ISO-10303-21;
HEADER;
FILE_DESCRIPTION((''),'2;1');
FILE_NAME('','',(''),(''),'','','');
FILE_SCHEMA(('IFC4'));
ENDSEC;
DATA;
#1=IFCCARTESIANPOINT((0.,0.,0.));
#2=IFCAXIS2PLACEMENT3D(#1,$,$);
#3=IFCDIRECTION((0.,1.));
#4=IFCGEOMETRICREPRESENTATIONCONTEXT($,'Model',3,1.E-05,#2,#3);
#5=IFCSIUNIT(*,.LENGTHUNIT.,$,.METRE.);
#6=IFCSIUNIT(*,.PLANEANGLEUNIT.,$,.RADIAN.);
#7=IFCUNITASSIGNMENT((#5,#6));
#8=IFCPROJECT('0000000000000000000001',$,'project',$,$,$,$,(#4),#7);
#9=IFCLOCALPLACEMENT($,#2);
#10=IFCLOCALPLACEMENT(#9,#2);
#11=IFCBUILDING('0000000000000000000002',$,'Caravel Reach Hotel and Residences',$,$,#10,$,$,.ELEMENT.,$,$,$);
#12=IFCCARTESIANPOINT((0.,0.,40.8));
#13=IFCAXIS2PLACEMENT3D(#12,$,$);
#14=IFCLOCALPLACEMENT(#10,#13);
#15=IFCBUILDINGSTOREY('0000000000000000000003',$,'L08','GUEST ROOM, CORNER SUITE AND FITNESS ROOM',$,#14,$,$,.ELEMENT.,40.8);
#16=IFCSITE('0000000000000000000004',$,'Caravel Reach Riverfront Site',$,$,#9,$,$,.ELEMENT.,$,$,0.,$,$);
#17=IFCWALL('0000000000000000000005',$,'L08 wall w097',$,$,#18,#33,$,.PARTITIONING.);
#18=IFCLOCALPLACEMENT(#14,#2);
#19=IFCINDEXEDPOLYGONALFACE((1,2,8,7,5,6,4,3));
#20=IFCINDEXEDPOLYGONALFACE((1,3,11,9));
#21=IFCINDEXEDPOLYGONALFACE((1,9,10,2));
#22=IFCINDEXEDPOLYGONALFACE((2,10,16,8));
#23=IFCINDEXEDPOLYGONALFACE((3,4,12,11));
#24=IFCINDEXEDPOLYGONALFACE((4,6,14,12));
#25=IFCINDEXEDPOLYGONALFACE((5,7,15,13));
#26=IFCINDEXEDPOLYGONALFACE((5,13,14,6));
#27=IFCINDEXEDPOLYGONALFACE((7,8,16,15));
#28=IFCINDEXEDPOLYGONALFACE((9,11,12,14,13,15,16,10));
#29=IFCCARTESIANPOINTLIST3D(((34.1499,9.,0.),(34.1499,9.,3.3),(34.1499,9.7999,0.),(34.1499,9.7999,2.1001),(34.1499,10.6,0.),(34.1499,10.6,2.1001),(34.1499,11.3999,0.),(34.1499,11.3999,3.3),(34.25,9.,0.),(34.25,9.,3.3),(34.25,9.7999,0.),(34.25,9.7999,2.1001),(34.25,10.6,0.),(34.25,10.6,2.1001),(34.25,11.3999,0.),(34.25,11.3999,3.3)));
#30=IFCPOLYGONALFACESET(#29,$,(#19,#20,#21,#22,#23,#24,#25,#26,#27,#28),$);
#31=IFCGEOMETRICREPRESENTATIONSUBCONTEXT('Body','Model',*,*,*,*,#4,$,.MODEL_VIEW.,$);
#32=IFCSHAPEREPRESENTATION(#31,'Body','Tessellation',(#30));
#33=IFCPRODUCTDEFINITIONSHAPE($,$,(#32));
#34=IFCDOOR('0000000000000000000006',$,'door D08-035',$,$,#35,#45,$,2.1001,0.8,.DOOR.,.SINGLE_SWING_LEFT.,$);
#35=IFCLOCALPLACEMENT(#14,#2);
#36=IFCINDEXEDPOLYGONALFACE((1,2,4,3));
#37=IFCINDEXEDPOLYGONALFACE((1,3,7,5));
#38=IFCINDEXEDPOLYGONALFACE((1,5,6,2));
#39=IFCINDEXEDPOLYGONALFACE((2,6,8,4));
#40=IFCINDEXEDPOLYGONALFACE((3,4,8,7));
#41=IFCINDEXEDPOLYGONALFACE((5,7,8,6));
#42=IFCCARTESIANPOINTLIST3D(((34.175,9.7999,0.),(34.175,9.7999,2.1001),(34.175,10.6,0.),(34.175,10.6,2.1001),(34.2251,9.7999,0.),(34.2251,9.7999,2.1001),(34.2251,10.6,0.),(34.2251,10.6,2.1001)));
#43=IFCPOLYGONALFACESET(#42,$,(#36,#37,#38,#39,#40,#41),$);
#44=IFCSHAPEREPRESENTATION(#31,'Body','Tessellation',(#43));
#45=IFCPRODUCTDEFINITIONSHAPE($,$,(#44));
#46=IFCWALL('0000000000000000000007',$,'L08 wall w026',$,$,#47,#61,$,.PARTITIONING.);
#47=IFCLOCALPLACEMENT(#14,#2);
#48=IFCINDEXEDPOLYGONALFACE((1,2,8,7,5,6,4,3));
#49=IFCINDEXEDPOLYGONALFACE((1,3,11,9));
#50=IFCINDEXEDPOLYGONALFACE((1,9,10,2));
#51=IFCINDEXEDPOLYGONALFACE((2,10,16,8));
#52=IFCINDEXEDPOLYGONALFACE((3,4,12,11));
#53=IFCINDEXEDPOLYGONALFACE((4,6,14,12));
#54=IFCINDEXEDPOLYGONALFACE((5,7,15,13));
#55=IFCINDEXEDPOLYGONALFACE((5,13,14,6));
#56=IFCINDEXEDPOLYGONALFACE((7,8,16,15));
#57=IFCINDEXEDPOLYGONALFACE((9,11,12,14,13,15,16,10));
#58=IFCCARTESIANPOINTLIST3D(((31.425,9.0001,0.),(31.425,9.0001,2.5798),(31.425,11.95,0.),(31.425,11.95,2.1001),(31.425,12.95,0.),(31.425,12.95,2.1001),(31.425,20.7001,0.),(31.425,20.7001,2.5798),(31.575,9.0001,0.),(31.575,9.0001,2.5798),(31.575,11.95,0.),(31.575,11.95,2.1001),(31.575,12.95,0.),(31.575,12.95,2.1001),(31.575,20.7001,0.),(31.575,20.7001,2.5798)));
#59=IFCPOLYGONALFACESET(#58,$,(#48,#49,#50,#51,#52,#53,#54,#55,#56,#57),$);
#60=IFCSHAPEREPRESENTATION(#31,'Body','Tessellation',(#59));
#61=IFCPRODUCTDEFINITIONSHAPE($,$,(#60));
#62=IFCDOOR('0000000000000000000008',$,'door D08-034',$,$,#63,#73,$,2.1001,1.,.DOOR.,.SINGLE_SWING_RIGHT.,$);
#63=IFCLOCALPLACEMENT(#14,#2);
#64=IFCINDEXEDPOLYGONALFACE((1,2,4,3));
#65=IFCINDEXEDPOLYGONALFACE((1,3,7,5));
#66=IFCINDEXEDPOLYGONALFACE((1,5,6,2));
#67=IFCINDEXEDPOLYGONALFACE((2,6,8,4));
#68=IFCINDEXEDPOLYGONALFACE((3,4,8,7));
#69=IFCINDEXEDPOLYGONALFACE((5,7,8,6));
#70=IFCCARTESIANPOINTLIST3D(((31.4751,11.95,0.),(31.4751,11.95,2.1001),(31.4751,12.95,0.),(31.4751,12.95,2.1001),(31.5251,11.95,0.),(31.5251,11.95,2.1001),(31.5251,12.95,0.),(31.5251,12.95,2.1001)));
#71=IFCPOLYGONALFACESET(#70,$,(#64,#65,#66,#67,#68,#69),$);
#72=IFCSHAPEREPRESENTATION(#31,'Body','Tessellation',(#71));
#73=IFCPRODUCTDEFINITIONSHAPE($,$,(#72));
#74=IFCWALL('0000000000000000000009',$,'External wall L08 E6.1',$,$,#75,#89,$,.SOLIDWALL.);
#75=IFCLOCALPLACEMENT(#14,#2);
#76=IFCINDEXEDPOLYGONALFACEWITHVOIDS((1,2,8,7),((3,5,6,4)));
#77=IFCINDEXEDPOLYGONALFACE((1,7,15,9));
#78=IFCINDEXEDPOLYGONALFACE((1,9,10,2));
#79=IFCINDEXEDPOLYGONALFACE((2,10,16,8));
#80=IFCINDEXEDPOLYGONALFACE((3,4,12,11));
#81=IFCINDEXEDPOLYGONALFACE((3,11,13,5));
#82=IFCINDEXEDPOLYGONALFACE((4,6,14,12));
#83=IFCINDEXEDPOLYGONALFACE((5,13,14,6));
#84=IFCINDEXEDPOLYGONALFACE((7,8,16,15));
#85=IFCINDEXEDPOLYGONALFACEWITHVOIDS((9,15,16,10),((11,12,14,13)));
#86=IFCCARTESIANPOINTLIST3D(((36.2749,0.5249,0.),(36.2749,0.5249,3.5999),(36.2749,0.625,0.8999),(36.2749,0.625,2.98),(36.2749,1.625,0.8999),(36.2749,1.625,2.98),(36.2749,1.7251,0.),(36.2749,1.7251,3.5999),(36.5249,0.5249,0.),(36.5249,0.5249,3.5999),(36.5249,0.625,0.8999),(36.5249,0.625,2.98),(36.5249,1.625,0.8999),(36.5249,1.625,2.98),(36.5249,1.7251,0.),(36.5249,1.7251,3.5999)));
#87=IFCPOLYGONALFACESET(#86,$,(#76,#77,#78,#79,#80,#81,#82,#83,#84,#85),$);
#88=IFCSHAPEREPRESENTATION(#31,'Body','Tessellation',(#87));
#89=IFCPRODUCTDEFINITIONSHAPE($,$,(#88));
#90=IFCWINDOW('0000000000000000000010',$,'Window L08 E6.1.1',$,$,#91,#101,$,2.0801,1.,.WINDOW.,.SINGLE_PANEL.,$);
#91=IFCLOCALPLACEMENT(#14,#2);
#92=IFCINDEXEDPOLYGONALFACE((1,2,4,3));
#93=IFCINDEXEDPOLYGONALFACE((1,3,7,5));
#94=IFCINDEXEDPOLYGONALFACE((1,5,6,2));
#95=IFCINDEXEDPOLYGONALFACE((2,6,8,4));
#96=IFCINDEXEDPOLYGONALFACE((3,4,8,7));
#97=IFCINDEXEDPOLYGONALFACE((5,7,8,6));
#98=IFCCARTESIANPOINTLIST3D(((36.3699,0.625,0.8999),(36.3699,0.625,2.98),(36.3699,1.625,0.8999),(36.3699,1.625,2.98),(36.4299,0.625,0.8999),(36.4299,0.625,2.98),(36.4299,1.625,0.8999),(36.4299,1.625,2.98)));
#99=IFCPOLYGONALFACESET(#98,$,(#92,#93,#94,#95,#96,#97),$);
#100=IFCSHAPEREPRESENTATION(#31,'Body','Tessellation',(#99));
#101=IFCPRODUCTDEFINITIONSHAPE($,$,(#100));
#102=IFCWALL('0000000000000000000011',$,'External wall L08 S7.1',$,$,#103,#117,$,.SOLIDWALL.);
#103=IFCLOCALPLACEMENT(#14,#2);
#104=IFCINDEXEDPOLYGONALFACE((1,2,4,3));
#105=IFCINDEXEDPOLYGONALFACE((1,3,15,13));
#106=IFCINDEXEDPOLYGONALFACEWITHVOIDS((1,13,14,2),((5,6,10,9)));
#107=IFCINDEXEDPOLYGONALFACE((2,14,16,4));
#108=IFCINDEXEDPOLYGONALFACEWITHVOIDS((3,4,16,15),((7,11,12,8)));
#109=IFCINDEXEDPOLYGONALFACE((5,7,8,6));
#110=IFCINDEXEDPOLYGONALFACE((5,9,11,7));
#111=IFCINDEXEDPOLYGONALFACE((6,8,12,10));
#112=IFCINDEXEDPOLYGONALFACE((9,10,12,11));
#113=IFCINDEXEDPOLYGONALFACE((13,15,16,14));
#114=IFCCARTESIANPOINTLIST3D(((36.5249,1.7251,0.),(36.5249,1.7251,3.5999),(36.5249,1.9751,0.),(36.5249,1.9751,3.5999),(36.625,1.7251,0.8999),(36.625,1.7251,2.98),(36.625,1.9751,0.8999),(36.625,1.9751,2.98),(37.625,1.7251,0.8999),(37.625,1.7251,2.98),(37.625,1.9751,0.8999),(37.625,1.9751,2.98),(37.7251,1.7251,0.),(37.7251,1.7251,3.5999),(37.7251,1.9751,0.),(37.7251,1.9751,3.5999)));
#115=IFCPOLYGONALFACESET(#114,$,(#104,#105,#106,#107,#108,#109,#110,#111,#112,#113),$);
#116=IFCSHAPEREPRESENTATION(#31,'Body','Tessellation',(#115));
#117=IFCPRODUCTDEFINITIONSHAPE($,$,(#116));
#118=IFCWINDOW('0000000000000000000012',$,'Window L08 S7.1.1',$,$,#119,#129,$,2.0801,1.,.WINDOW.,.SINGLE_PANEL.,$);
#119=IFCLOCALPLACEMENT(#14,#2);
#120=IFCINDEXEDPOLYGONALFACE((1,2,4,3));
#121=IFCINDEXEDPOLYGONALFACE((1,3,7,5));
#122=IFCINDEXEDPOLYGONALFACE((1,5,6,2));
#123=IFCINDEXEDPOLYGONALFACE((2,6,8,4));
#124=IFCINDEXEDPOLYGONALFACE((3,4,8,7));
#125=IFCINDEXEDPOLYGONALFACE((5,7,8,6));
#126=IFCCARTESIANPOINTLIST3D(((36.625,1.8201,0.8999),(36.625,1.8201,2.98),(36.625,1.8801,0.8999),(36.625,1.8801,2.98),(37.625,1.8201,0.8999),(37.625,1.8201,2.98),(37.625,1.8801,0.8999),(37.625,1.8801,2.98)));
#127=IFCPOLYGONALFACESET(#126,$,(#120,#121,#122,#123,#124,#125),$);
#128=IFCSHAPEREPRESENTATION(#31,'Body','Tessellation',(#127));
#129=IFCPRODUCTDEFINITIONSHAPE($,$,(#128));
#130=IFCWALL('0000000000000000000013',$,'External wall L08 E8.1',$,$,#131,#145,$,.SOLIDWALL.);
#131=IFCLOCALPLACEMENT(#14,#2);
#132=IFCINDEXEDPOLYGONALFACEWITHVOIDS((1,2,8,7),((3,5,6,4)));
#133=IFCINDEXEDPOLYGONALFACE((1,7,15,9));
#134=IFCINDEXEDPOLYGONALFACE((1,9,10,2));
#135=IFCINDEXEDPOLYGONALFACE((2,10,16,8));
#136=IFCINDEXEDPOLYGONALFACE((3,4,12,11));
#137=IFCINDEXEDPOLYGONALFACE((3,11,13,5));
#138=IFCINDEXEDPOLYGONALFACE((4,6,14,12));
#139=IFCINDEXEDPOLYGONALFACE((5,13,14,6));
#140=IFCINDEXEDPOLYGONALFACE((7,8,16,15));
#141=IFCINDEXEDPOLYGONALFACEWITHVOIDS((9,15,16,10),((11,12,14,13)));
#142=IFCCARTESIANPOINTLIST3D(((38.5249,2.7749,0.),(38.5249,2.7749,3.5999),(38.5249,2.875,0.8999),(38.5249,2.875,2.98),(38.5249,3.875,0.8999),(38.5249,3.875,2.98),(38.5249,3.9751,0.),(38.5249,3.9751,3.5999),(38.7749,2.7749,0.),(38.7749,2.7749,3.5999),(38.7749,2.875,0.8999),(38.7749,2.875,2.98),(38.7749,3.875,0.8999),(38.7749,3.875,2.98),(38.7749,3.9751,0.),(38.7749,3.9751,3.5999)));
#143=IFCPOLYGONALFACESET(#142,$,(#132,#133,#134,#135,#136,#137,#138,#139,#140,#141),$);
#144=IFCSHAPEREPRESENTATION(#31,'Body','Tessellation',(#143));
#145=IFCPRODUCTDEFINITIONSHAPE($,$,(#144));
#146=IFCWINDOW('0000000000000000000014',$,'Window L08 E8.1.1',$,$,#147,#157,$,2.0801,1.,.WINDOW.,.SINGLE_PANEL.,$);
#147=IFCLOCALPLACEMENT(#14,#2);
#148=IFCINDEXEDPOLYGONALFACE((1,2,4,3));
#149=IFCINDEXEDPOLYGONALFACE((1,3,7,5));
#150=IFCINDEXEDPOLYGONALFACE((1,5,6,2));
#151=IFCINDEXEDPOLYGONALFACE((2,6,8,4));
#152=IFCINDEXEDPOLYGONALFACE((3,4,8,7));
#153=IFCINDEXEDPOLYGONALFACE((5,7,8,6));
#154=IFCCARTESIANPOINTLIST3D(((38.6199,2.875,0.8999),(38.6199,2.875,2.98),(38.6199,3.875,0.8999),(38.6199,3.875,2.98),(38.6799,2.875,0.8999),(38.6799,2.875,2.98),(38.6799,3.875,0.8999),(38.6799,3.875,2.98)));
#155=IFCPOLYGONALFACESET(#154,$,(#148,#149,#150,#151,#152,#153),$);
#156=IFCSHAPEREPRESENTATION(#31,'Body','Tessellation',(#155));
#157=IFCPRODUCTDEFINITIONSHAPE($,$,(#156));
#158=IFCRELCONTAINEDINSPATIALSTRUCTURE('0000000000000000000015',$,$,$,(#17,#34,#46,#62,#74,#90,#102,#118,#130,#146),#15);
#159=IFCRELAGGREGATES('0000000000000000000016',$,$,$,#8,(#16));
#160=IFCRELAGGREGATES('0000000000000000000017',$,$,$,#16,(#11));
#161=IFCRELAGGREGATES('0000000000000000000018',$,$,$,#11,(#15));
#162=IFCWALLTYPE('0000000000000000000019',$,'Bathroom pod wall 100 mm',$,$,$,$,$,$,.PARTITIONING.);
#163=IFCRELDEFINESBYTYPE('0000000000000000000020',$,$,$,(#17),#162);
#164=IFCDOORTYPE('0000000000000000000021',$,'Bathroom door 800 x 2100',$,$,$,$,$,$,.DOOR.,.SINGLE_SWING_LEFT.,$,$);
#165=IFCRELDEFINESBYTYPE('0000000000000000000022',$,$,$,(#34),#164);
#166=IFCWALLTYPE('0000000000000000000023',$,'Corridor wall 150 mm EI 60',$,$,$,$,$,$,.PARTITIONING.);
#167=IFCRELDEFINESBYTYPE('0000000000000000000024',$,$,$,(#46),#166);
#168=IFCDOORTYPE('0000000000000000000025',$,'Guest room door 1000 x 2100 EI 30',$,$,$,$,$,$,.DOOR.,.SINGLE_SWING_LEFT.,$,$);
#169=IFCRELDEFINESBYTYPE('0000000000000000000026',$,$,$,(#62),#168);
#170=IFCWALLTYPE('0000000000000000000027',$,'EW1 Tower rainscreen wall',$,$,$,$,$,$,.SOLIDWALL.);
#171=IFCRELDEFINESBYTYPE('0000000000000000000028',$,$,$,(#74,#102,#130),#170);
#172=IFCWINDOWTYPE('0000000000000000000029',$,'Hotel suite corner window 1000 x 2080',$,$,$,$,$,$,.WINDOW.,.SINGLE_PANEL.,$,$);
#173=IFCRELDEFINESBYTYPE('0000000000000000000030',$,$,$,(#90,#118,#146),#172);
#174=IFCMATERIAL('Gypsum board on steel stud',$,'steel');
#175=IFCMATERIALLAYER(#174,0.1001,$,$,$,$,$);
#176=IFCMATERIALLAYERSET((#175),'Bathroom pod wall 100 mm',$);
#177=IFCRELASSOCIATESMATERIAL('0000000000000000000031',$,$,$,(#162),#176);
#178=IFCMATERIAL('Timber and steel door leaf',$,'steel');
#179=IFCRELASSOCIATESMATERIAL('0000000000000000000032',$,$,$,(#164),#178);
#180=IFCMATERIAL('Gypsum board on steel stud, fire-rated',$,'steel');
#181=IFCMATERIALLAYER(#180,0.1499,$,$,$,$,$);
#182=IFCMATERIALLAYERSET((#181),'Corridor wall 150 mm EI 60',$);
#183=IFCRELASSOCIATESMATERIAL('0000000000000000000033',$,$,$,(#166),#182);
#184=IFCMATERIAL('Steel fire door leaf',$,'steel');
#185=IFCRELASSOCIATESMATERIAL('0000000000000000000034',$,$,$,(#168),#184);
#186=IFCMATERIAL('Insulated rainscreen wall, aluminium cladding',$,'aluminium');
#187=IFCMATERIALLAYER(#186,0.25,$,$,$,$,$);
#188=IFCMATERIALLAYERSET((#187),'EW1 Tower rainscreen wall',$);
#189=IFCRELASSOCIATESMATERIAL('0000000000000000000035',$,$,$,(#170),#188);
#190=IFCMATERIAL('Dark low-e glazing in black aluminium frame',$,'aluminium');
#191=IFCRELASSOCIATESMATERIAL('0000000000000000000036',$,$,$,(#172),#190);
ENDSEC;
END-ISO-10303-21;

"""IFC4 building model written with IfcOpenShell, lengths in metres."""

from ifc_helpers import new_model, si_unit, direction, frame, frame_2d, origin, place, context, subcontext, project, spatial, rectangle, extrude, material, layer, layer_set, type_object, element, fill, save


model = new_model("IFC4")

# Units and contexts
model_context = context("Model", 3, precision=1e-05, world=origin(), true_north=direction((0.0, 1.0)))
body_context = subcontext(model_context, "Body", "Model", "MODEL_VIEW")
ifc_project = project(units=[si_unit("LENGTHUNIT", "METRE"), si_unit("PLANEANGLEUNIT", "RADIAN")], contexts=[model_context])

# Site, building, storey
site_placement = place(None, origin())
site = spatial("IfcSite", under=ifc_project, at=site_placement, Name="Caravel Reach Riverfront Site", CompositionType="ELEMENT", RefElevation=0.0)
building_placement = place(site_placement, origin())
building = spatial("IfcBuilding", under=site, at=building_placement, Name="Caravel Reach Hotel and Residences", CompositionType="ELEMENT")
storey_placement = place(building_placement, frame((0.0, 0.0, 40.8)))
storey = spatial("IfcBuildingStorey", under=building, at=storey_placement, Name="L08", Description="GUEST ROOM, CORNER SUITE AND FITNESS ROOM", CompositionType="ELEMENT", Elevation=40.8)

# Shared definitions
ifc_material_1 = material(Name="Gypsum board on steel stud", Category="steel")
ifc_layer_1 = layer(ifc_material_1, 0.1001)
ifc_layer_set_1 = layer_set([ifc_layer_1], Name="Bathroom pod wall 100 mm")
wall_type_1 = type_object("IfcWallType", Name="Bathroom pod wall 100 mm", PredefinedType="PARTITIONING", material=ifc_layer_set_1)

# Walls, openings, doors
wall_1_placement = place(storey_placement, frame((34.2, 9.0, 0.0), z_axis=(0.0, 0.0, 1.0), x_axis=(0.0, 1.0, 0.0)))
wall_1 = element("IfcWall", 1, at=wall_1_placement, inside=storey, type_object=wall_type_1, Name="L08 wall w097", PredefinedType="PARTITIONING", context=body_context, shape_type="SweptSolid", body=[
    extrude(rectangle(XDim=2.3999, YDim=0.1001, at=frame_2d((1.2, 0.0))), origin(), (0.0, 0.0, 1.0), 3.3),
])
opening_1_placement = place(wall_1_placement, frame((0.8, 0.0, 0.0)))
opening_1 = element("IfcOpeningElement", 2, at=opening_1_placement, cuts=wall_1, PredefinedType="OPENING", context=body_context, shape_type="SweptSolid", body=[
    extrude(rectangle(XDim=0.8, YDim=2.1001, at=frame_2d((0.3999, 1.05))), frame((0.0, 0.0601, 0.0), z_axis=(0.0, -1.0, 0.0), x_axis=(1.0, 0.0, 0.0)), (0.0, 0.0, 1.0), 0.1201),
])
ifc_material_2 = material(Name="Timber and steel door leaf", Category="steel")
door_type_1 = type_object("IfcDoorType", Name="Bathroom door 800 x 2100", OperationType="SINGLE_SWING_LEFT", PredefinedType="DOOR", material=ifc_material_2)
door_1_placement = place(opening_1_placement, origin())
door_1 = element("IfcDoor", 3, at=door_1_placement, inside=storey, type_object=door_type_1, Name="door D08-035", OperationType="SINGLE_SWING_LEFT", OverallHeight=2.1001, OverallWidth=0.8, PredefinedType="DOOR", context=body_context, shape_type="SweptSolid", body=[
    extrude(rectangle(XDim=0.8, YDim=2.1001, at=frame_2d((0.3999, 1.05))), frame((0.0, 0.0249, 0.0), z_axis=(0.0, -1.0, 0.0), x_axis=(1.0, 0.0, 0.0)), (0.0, 0.0, 1.0), 0.05),
])
fill(opening_1, door_1)
ifc_material_3 = material(Name="Gypsum board on steel stud, fire-rated", Category="steel")
ifc_layer_2 = layer(ifc_material_3, 0.1499)
ifc_layer_set_2 = layer_set([ifc_layer_2], Name="Corridor wall 150 mm EI 60")
wall_type_2 = type_object("IfcWallType", Name="Corridor wall 150 mm EI 60", PredefinedType="PARTITIONING", material=ifc_layer_set_2)
wall_2_placement = place(storey_placement, frame((31.5, 9.0, 0.0), z_axis=(0.0, 0.0, 1.0), x_axis=(0.0, 1.0, 0.0)))
wall_2 = element("IfcWall", 4, at=wall_2_placement, inside=storey, type_object=wall_type_2, Name="L08 wall w026", PredefinedType="PARTITIONING", context=body_context, shape_type="SweptSolid", body=[
    extrude(rectangle(XDim=11.7, YDim=0.1499, at=frame_2d((5.8501, 0.0))), origin(), (0.0, 0.0, 1.0), 2.5798),
])
opening_2_placement = place(wall_2_placement, frame((2.95, 0.0, 0.0)))
opening_2 = element("IfcOpeningElement", 5, at=opening_2_placement, cuts=wall_2, PredefinedType="OPENING", context=body_context, shape_type="SweptSolid", body=[
    extrude(rectangle(XDim=1.0, YDim=2.1001, at=frame_2d((0.5, 1.05))), frame((0.0, 0.085, 0.0), z_axis=(0.0, -1.0, 0.0), x_axis=(1.0, 0.0, 0.0)), (0.0, 0.0, 1.0), 0.1699),
])
ifc_material_4 = material(Name="Steel fire door leaf", Category="steel")
door_type_2 = type_object("IfcDoorType", Name="Guest room door 1000 x 2100 EI 30", OperationType="SINGLE_SWING_LEFT", PredefinedType="DOOR", material=ifc_material_4)
door_2_placement = place(opening_2_placement, origin())
door_2 = element("IfcDoor", 6, at=door_2_placement, inside=storey, type_object=door_type_2, Name="door D08-034", OperationType="SINGLE_SWING_RIGHT", OverallHeight=2.1001, OverallWidth=1.0, PredefinedType="DOOR", context=body_context, shape_type="SweptSolid", body=[
    extrude(rectangle(XDim=1.0, YDim=2.1001, at=frame_2d((0.5, 1.05))), frame((0.0, 0.0249, 0.0), z_axis=(0.0, -1.0, 0.0), x_axis=(1.0, 0.0, 0.0)), (0.0, 0.0, 1.0), 0.05),
])
fill(opening_2, door_2)

# Walls, openings, windows
ifc_material_5 = material(Name="Insulated rainscreen wall, aluminium cladding", Category="aluminium")
ifc_layer_3 = layer(ifc_material_5, 0.25)
ifc_layer_set_3 = layer_set([ifc_layer_3], Name="EW1 Tower rainscreen wall")
wall_type_3 = type_object("IfcWallType", Name="EW1 Tower rainscreen wall", PredefinedType="SOLIDWALL", material=ifc_layer_set_3)
wall_3_placement = place(storey_placement, frame((36.3999, 0.5249, 0.0), z_axis=(0.0, 0.0, 1.0), x_axis=(0.0, 1.0, 0.0)))
wall_3 = element("IfcWall", 7, at=wall_3_placement, inside=storey, type_object=wall_type_3, Name="External wall L08 E6.1", PredefinedType="SOLIDWALL", context=body_context, shape_type="SweptSolid", body=[
    extrude(rectangle(XDim=1.2002, YDim=0.25, at=frame_2d((0.6001, 0.0))), origin(), (0.0, 0.0, 1.0), 3.5999),
])
opening_3_placement = place(wall_3_placement, frame((0.1001, 0.0, 0.8999)))
opening_3 = element("IfcOpeningElement", 8, at=opening_3_placement, cuts=wall_3, PredefinedType="OPENING", context=body_context, shape_type="SweptSolid", body=[
    extrude(rectangle(XDim=1.0, YDim=2.0801, at=frame_2d((0.5, 1.04))), frame((0.0, 0.135, 0.0), z_axis=(0.0, -1.0, 0.0), x_axis=(1.0, 0.0, 0.0)), (0.0, 0.0, 1.0), 0.27),
])
ifc_material_6 = material(Name="Dark low-e glazing in black aluminium frame", Category="aluminium")
window_type_1 = type_object("IfcWindowType", Name="Hotel suite corner window 1000 x 2080", PartitioningType="SINGLE_PANEL", PredefinedType="WINDOW", material=ifc_material_6)
window_1_placement = place(opening_3_placement, origin())
window_1 = element("IfcWindow", 9, at=window_1_placement, inside=storey, type_object=window_type_1, Name="Window L08 E6.1.1", OverallHeight=2.0801, OverallWidth=1.0, PartitioningType="SINGLE_PANEL", PredefinedType="WINDOW", context=body_context, shape_type="SweptSolid", body=[
    extrude(rectangle(XDim=1.0, YDim=2.0801, at=frame_2d((0.5, 1.04))), frame((0.0, 0.03, 0.0), z_axis=(0.0, -1.0, 0.0), x_axis=(1.0, 0.0, 0.0)), (0.0, 0.0, 1.0), 0.0601),
])
fill(opening_3, window_1)
wall_4_placement = place(storey_placement, frame((36.5249, 1.8501, 0.0), z_axis=(0.0, 0.0, 1.0), x_axis=(1.0, 0.0, 0.0)))
wall_4 = element("IfcWall", 10, at=wall_4_placement, inside=storey, type_object=wall_type_3, Name="External wall L08 S7.1", PredefinedType="SOLIDWALL", context=body_context, shape_type="SweptSolid", body=[
    extrude(rectangle(XDim=1.2002, YDim=0.25, at=frame_2d((0.6001, 0.0))), origin(), (0.0, 0.0, 1.0), 3.5999),
])
opening_4_placement = place(wall_4_placement, frame((0.1001, 0.0, 0.8999)))
opening_4 = element("IfcOpeningElement", 11, at=opening_4_placement, cuts=wall_4, PredefinedType="OPENING", context=body_context, shape_type="SweptSolid", body=[
    extrude(rectangle(XDim=1.0, YDim=2.0801, at=frame_2d((0.5, 1.04))), frame((0.0, 0.135, 0.0), z_axis=(0.0, -1.0, 0.0), x_axis=(1.0, 0.0, 0.0)), (0.0, 0.0, 1.0), 0.27),
])
window_2_placement = place(opening_4_placement, origin())
window_2 = element("IfcWindow", 12, at=window_2_placement, inside=storey, type_object=window_type_1, Name="Window L08 S7.1.1", OverallHeight=2.0801, OverallWidth=1.0, PartitioningType="SINGLE_PANEL", PredefinedType="WINDOW", context=body_context, shape_type="SweptSolid", body=[
    extrude(rectangle(XDim=1.0, YDim=2.0801, at=frame_2d((0.5, 1.04))), frame((0.0, 0.03, 0.0), z_axis=(0.0, -1.0, 0.0), x_axis=(1.0, 0.0, 0.0)), (0.0, 0.0, 1.0), 0.0601),
])
fill(opening_4, window_2)
wall_5_placement = place(storey_placement, frame((38.6499, 2.7749, 0.0), z_axis=(0.0, 0.0, 1.0), x_axis=(0.0, 1.0, 0.0)))
wall_5 = element("IfcWall", 13, at=wall_5_placement, inside=storey, type_object=wall_type_3, Name="External wall L08 E8.1", PredefinedType="SOLIDWALL", context=body_context, shape_type="SweptSolid", body=[
    extrude(rectangle(XDim=1.2002, YDim=0.25, at=frame_2d((0.6001, 0.0))), origin(), (0.0, 0.0, 1.0), 3.5999),
])
opening_5_placement = place(wall_5_placement, frame((0.1001, 0.0, 0.8999)))
opening_5 = element("IfcOpeningElement", 14, at=opening_5_placement, cuts=wall_5, PredefinedType="OPENING", context=body_context, shape_type="SweptSolid", body=[
    extrude(rectangle(XDim=1.0, YDim=2.0801, at=frame_2d((0.5, 1.04))), frame((0.0, 0.135, 0.0), z_axis=(0.0, -1.0, 0.0), x_axis=(1.0, 0.0, 0.0)), (0.0, 0.0, 1.0), 0.27),
])
window_3_placement = place(opening_5_placement, origin())
window_3 = element("IfcWindow", 15, at=window_3_placement, inside=storey, type_object=window_type_1, Name="Window L08 E8.1.1", OverallHeight=2.0801, OverallWidth=1.0, PartitioningType="SINGLE_PANEL", PredefinedType="WINDOW", context=body_context, shape_type="SweptSolid", body=[
    extrude(rectangle(XDim=1.0, YDim=2.0801, at=frame_2d((0.5, 1.04))), frame((0.0, 0.03, 0.0), z_axis=(0.0, -1.0, 0.0), x_axis=(1.0, 0.0, 0.0)), (0.0, 0.0, 1.0), 0.0601),
])
fill(opening_5, window_3)

save(model, "model.ifc")
